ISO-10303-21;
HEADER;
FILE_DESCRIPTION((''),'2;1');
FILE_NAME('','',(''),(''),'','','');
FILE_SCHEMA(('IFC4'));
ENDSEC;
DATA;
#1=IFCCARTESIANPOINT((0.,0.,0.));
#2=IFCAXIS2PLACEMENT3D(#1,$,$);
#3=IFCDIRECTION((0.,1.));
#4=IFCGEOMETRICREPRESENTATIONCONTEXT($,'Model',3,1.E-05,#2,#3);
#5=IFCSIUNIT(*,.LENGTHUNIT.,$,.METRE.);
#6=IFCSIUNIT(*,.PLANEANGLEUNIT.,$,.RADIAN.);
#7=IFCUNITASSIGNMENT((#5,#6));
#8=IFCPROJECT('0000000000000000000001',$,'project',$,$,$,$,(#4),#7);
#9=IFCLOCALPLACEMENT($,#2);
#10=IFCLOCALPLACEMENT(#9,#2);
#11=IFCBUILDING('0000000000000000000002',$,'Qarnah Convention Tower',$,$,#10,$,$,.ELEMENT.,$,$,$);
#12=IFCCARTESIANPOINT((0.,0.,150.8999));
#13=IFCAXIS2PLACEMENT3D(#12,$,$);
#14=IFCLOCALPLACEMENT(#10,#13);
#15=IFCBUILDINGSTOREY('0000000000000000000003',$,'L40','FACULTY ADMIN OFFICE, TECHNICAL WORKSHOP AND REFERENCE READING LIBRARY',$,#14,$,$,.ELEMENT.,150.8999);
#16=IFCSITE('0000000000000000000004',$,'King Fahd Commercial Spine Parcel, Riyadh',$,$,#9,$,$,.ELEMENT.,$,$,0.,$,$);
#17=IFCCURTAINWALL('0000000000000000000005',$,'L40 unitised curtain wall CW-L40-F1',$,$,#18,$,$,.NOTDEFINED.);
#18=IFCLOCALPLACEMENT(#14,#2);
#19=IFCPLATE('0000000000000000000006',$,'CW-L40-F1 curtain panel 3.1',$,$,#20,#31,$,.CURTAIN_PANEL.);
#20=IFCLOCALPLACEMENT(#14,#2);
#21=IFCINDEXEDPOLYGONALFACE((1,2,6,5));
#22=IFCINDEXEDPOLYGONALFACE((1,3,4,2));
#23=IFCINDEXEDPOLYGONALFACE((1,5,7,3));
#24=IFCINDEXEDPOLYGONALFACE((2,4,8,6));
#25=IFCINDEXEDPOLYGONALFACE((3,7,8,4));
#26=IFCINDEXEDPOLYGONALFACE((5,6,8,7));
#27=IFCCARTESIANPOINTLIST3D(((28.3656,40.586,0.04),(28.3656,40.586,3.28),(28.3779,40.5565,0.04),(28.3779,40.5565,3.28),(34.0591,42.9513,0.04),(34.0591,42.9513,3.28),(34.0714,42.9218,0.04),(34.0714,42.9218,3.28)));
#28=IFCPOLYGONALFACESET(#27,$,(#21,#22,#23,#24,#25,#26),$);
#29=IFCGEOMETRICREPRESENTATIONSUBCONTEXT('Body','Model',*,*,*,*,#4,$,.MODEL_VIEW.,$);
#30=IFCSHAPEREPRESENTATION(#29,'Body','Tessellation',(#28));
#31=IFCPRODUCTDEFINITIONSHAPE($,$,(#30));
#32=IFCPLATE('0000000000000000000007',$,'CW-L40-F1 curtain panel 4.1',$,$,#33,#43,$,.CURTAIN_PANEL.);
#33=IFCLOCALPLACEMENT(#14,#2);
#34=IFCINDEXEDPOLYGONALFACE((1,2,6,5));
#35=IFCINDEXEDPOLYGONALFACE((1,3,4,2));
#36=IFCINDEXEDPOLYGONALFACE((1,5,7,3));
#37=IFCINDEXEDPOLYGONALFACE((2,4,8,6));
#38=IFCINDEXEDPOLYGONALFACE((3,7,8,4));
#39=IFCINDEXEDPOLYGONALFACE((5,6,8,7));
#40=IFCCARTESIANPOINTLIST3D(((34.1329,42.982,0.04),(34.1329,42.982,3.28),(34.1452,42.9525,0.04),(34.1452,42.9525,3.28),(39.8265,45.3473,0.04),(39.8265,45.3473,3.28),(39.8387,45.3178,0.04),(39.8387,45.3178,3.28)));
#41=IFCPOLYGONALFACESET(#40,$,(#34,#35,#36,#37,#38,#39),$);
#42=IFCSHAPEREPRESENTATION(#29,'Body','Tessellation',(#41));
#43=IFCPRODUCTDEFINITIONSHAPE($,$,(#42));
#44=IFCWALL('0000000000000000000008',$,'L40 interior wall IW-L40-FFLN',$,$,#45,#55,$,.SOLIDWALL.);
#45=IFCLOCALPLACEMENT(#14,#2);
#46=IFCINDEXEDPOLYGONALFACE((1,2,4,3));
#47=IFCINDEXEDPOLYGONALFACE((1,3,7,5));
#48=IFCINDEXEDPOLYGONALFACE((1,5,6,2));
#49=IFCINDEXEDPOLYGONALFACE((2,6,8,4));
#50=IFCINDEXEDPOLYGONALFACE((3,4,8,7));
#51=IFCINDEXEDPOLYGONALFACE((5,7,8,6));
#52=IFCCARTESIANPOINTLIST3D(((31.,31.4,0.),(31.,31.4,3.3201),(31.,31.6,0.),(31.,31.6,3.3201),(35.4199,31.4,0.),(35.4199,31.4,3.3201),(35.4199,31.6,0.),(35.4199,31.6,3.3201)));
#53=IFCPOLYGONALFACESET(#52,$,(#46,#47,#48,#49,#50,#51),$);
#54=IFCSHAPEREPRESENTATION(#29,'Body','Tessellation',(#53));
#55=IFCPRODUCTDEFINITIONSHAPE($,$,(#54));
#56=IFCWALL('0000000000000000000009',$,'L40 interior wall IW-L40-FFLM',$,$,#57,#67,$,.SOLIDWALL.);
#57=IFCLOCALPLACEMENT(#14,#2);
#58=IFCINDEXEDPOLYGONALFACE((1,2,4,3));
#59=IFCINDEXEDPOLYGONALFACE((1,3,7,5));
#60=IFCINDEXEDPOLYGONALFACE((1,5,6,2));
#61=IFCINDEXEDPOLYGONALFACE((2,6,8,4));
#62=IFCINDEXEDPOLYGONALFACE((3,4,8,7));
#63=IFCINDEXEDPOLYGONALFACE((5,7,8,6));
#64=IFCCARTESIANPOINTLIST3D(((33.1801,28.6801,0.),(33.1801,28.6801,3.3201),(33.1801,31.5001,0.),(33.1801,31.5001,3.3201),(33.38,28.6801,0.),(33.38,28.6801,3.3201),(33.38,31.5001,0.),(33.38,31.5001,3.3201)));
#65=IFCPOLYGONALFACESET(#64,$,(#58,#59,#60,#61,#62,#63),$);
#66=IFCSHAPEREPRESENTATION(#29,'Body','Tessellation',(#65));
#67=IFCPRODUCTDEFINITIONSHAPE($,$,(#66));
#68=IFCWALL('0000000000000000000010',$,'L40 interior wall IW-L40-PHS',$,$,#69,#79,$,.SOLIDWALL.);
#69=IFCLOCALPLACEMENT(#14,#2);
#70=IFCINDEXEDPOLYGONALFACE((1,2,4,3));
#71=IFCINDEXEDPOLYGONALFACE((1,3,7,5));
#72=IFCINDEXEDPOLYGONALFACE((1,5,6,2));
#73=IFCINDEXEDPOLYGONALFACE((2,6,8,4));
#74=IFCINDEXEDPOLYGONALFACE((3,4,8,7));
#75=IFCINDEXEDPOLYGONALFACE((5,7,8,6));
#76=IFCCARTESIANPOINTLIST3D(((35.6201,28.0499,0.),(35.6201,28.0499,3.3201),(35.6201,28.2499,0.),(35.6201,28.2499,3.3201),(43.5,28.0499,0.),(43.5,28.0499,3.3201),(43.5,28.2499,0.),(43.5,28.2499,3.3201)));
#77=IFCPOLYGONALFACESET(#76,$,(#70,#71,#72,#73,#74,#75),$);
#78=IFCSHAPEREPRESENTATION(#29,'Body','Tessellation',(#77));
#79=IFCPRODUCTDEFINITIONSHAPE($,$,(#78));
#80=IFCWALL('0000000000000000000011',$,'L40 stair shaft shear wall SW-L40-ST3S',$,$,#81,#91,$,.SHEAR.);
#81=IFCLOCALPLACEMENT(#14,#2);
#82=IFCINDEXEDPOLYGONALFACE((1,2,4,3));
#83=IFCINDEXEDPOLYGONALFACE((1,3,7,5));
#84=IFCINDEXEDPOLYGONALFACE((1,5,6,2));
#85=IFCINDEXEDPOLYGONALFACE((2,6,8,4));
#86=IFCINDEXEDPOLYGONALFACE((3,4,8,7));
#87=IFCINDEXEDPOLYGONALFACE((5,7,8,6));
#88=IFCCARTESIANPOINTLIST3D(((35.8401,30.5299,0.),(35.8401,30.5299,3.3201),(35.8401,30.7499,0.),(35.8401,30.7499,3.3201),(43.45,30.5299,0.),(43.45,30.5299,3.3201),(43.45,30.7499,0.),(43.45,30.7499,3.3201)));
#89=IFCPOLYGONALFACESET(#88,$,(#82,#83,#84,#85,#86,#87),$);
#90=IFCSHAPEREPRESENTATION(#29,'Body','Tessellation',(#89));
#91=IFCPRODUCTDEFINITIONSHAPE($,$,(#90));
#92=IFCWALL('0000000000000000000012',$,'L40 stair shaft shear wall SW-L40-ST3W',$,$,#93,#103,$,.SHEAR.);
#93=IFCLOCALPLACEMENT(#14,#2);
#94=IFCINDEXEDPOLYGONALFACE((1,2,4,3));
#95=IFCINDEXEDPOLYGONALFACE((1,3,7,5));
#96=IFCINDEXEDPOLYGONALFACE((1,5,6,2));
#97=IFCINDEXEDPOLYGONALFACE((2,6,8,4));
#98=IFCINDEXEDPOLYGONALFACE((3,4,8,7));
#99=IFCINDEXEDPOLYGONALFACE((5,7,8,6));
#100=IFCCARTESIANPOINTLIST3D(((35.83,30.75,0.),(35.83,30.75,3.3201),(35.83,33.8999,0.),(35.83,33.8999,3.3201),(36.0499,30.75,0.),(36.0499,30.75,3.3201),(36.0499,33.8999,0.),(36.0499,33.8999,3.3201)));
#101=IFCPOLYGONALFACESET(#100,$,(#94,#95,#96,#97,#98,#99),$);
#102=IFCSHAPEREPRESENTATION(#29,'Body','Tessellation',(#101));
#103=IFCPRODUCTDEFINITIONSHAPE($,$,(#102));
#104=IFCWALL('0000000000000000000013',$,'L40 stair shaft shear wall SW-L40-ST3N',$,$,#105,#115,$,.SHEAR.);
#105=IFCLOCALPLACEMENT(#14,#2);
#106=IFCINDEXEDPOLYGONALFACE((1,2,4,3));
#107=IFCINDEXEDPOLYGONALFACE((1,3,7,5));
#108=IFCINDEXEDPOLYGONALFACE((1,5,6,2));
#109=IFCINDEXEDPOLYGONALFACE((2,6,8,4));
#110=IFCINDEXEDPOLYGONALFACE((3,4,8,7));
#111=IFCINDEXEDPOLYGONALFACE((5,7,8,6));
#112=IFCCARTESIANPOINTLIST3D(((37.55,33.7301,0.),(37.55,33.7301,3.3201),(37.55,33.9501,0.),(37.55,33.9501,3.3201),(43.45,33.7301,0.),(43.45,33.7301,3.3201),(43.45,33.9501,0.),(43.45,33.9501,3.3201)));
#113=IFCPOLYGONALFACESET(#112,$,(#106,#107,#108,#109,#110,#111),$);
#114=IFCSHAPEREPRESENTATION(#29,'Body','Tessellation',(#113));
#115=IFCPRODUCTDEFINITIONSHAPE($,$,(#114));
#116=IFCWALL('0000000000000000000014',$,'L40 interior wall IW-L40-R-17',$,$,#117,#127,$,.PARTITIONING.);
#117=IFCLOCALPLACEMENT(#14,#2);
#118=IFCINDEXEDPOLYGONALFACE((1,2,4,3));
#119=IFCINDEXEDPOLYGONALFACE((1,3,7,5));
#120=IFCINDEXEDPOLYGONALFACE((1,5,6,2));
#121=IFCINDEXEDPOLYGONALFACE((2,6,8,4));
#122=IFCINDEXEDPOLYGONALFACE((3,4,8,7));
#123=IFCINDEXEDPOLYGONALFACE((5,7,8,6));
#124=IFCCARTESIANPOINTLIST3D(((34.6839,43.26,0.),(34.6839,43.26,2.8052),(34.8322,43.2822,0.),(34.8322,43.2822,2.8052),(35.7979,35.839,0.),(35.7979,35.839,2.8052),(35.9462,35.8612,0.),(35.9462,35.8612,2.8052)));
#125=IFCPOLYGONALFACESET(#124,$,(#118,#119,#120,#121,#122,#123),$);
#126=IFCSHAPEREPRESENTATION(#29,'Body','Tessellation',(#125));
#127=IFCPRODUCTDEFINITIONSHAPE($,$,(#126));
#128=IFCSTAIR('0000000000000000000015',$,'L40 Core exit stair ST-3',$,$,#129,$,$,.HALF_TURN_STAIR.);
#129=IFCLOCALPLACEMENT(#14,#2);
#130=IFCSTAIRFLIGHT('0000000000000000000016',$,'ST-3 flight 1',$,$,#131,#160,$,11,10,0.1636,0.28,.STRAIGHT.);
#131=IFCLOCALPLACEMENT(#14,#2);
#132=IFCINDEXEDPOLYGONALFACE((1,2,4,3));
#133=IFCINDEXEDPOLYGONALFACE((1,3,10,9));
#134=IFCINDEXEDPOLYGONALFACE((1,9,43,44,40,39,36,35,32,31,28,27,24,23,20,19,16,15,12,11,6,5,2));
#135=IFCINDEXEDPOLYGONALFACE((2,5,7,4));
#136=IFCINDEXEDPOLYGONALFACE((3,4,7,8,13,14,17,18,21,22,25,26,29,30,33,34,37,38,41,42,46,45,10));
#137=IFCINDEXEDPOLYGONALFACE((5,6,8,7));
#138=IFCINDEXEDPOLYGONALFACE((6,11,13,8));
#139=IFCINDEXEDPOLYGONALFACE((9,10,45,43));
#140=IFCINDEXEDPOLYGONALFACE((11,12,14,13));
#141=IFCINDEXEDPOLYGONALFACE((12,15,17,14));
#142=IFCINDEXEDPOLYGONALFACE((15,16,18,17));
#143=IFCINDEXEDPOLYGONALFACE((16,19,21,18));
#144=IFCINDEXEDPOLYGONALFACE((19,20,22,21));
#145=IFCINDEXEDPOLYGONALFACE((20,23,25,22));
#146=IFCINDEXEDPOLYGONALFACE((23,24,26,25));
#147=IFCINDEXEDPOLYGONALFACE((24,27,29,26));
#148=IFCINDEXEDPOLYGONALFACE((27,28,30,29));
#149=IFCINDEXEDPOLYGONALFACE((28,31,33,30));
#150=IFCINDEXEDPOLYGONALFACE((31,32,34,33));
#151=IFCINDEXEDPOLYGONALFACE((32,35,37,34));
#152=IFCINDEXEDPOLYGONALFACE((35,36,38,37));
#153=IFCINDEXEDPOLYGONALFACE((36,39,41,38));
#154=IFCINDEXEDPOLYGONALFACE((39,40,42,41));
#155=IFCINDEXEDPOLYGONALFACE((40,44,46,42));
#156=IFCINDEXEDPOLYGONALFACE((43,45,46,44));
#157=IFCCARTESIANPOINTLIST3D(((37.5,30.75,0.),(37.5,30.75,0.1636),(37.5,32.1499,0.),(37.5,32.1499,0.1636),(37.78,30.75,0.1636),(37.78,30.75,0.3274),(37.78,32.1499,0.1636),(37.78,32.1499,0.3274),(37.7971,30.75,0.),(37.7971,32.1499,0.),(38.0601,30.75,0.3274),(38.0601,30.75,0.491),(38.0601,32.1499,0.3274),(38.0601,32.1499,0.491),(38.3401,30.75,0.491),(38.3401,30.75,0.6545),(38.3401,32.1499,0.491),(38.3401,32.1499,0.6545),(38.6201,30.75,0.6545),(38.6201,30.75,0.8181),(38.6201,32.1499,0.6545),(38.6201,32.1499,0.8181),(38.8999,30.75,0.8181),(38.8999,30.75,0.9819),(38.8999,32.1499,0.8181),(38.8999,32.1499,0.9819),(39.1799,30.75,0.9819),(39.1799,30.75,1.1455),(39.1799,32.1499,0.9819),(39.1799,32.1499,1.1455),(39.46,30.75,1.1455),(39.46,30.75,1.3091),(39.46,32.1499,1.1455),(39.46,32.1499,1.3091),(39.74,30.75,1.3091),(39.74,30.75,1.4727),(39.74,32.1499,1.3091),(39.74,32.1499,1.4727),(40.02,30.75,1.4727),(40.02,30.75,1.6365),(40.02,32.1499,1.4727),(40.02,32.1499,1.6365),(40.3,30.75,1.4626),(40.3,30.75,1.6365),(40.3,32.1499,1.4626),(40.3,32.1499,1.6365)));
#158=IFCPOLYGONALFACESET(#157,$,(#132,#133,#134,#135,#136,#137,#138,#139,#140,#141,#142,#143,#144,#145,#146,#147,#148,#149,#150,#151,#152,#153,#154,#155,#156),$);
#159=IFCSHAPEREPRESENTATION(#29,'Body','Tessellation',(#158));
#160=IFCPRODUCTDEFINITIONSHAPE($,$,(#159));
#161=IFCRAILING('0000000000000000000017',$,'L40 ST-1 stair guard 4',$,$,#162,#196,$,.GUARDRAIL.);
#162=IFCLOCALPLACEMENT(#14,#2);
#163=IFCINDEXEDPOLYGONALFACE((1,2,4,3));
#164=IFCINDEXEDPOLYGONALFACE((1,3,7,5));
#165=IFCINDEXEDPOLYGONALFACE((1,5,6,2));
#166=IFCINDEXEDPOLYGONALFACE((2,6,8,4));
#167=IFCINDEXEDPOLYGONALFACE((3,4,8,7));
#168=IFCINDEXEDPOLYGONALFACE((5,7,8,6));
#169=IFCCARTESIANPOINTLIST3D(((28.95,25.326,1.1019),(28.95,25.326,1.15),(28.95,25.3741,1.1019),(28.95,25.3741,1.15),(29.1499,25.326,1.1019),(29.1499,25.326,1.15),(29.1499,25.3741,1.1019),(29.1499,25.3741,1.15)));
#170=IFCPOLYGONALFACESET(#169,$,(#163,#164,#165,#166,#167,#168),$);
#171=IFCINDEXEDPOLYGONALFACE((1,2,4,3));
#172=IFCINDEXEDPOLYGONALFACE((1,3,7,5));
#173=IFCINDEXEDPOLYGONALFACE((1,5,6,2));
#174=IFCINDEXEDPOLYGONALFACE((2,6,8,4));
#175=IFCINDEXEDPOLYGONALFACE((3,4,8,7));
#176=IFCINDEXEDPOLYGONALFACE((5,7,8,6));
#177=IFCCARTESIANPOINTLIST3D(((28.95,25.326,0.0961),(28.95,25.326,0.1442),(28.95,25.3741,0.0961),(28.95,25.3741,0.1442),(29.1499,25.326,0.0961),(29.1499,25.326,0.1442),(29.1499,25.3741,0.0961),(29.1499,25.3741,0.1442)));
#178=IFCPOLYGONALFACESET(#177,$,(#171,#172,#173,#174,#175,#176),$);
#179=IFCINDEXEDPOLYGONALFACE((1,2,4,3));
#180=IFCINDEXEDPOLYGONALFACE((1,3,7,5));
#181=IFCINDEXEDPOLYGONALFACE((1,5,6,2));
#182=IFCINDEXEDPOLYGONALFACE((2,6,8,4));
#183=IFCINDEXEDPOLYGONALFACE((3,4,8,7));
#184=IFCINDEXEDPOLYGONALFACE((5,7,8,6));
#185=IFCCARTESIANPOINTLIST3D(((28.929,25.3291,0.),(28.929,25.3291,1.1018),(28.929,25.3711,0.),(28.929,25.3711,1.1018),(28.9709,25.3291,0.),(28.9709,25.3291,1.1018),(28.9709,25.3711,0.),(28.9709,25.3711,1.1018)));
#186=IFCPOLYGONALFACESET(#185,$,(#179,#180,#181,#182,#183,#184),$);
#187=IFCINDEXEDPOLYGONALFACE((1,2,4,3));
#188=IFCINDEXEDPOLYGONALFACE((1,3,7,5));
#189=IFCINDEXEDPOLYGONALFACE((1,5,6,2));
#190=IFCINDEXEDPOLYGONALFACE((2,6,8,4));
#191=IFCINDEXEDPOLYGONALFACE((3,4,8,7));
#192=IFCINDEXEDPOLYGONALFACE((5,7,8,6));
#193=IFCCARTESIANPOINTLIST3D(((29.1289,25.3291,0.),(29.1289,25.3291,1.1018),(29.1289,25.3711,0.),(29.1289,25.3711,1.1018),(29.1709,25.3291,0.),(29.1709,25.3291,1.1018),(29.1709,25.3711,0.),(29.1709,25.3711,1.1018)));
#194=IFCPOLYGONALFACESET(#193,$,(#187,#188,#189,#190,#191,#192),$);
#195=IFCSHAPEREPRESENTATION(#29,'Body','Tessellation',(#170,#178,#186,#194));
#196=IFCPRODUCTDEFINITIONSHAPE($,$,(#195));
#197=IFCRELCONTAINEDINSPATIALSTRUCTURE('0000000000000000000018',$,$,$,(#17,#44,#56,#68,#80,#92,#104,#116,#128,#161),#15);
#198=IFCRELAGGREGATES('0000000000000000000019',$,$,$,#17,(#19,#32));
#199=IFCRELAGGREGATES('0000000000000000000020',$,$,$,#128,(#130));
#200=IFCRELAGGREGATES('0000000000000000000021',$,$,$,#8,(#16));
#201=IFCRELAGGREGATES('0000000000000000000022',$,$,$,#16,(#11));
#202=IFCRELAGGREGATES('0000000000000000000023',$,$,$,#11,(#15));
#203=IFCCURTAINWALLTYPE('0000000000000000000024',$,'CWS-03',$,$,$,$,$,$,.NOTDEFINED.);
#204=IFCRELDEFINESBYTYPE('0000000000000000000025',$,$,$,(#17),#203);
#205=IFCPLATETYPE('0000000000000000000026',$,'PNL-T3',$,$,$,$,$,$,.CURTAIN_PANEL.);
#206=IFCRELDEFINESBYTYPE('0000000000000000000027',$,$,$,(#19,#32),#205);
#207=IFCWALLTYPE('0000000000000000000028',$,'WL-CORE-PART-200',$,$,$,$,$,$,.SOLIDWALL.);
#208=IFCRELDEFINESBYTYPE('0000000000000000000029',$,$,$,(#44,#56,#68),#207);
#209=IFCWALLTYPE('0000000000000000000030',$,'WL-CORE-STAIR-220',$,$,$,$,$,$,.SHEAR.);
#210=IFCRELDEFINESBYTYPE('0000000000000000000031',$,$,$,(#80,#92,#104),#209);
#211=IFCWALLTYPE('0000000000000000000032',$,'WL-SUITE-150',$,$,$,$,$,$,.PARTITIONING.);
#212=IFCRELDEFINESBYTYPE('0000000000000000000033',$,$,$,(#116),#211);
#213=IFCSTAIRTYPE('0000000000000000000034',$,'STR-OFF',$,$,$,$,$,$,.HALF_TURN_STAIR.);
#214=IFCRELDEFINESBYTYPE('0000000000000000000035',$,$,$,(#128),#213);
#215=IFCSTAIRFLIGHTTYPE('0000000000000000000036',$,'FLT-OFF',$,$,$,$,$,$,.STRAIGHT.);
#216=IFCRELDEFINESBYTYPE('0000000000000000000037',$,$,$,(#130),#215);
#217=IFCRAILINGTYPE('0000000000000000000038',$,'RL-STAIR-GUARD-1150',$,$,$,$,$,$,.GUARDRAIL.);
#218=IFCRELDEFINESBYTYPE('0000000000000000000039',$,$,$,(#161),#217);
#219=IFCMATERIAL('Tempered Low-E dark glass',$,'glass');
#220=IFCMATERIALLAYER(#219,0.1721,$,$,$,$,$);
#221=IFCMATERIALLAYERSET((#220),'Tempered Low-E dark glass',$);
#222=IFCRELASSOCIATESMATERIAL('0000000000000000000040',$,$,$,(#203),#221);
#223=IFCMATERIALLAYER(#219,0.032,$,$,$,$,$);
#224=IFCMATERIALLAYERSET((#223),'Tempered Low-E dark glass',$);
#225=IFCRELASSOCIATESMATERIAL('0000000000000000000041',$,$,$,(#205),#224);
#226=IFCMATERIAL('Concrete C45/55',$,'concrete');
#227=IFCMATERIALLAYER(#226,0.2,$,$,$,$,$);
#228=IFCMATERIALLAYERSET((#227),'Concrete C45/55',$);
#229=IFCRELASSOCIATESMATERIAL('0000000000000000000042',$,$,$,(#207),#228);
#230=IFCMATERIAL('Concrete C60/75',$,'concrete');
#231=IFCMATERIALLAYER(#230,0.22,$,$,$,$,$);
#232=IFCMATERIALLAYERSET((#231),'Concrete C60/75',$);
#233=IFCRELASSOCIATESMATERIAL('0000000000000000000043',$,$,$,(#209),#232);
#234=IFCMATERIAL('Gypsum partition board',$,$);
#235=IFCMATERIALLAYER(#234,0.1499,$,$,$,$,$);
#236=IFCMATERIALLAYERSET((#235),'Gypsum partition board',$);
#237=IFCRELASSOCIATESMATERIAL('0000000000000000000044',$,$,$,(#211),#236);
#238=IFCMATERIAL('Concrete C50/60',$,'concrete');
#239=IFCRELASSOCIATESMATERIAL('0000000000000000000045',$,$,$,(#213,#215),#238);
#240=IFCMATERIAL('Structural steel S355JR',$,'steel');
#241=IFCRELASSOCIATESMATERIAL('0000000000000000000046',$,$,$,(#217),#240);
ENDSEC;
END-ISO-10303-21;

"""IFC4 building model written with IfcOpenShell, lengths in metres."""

from ifc_helpers import new_model, si_unit, direction, frame, frame_2d, origin, origin_2d, place, context, subcontext, project, spatial, polyline, rectangle, outline, extrude, material, layer, layer_set, type_object, element, aggregate, save


model = new_model("IFC4")

# Units and contexts
model_context = context("Model", 3, precision=1e-05, world=origin(), true_north=direction((0.0, 1.0)))
body_context = subcontext(model_context, "Body", "Model", "MODEL_VIEW")
ifc_project = project(units=[si_unit("LENGTHUNIT", "METRE"), si_unit("PLANEANGLEUNIT", "RADIAN")], contexts=[model_context])

# Site, building, storey
site_placement = place(None, origin())
site = spatial("IfcSite", under=ifc_project, at=site_placement, Name="King Fahd Commercial Spine Parcel, Riyadh", CompositionType="ELEMENT", RefElevation=0.0)
building_placement = place(site_placement, origin())
building = spatial("IfcBuilding", under=site, at=building_placement, Name="Qarnah Convention Tower", CompositionType="ELEMENT")
storey_placement = place(building_placement, frame((0.0, 0.0, 150.8999)))
storey = spatial("IfcBuildingStorey", under=building, at=storey_placement, Name="L40", Description="FACULTY ADMIN OFFICE, TECHNICAL WORKSHOP AND REFERENCE READING LIBRARY", CompositionType="ELEMENT", Elevation=150.8999)

# Shared definitions
ifc_material_1 = material(Name="Concrete C60/75", Category="concrete")

# Shared definitions
ifc_material_2 = material(Name="Structural steel S355JR", Category="steel")

# Curtain wall, plates
ifc_material_3 = material(Name="Tempered Low-E dark glass", Category="glass")
ifc_layer_1 = layer(ifc_material_3, 0.1721)
ifc_layer_set_1 = layer_set([ifc_layer_1], Name="Tempered Low-E dark glass")
curtain_wall_type = type_object("IfcCurtainWallType", Name="CWS-03", PredefinedType="NOTDEFINED", material=ifc_layer_set_1)
curtain_wall_placement = place(storey_placement, origin())
curtain_wall = element("IfcCurtainWall", 1, at=curtain_wall_placement, inside=storey, type_object=curtain_wall_type, Name="L40 unitised curtain wall CW-L40-F1", PredefinedType="NOTDEFINED")
ifc_layer_2 = layer(ifc_material_3, 0.032)
ifc_layer_set_2 = layer_set([ifc_layer_2], Name="Tempered Low-E dark glass")
plate_type = type_object("IfcPlateType", Name="PNL-T3", PredefinedType="CURTAIN_PANEL", material=ifc_layer_set_2)
plate_1_placement = place(storey_placement, frame((31.2185, 41.7539, 0.04), z_axis=(0.0, 0.0, 1.0), x_axis=(0.923479, 0.383649, 0.0)))
plate_1 = element("IfcPlate", 2, at=plate_1_placement, type_object=plate_type, Name="CW-L40-F1 curtain panel 3.1", PredefinedType="CURTAIN_PANEL", context=body_context, shape_type="SweptSolid", body=[
    extrude(rectangle(XDim=6.1653, YDim=0.032, at=origin_2d()), origin(), (0.0, 0.0, 1.0), 3.24),
])
plate_2_placement = place(storey_placement, frame((36.9858, 44.1499, 0.04), z_axis=(0.0, 0.0, 1.0), x_axis=(0.923479, 0.383649, 0.0)))
plate_2 = element("IfcPlate", 3, at=plate_2_placement, type_object=plate_type, Name="CW-L40-F1 curtain panel 4.1", PredefinedType="CURTAIN_PANEL", context=body_context, shape_type="SweptSolid", body=[
    extrude(rectangle(XDim=6.1653, YDim=0.032, at=origin_2d()), origin(), (0.0, 0.0, 1.0), 3.24),
])
aggregate(curtain_wall, [plate_1, plate_2])

# Shared definitions
ifc_material_4 = material(Name="Concrete C45/55", Category="concrete")
ifc_layer_3 = layer(ifc_material_4, 0.2)
ifc_layer_set_3 = layer_set([ifc_layer_3], Name="Concrete C45/55")
wall_type_1 = type_object("IfcWallType", Name="WL-CORE-PART-200", PredefinedType="SOLIDWALL", material=ifc_layer_set_3)

# Walls
wall_1_placement = place(storey_placement, frame((31.0, 31.5, 0.0), z_axis=(0.0, 0.0, 1.0), x_axis=(1.0, 0.0, 0.0)))
element("IfcWall", 4, at=wall_1_placement, inside=storey, type_object=wall_type_1, Name="L40 interior wall IW-L40-FFLN", PredefinedType="SOLIDWALL", context=body_context, shape_type="SweptSolid", body=[
    extrude(rectangle(XDim=4.4199, YDim=0.2, at=frame_2d((2.21, 0.0))), origin(), (0.0, 0.0, 1.0), 3.3201),
])
wall_2_placement = place(storey_placement, frame((33.28, 28.6799, 0.0), z_axis=(0.0, 0.0, 1.0), x_axis=(0.0, 1.0, 0.0)))
element("IfcWall", 5, at=wall_2_placement, inside=storey, type_object=wall_type_1, Name="L40 interior wall IW-L40-FFLM", PredefinedType="SOLIDWALL", context=body_context, shape_type="SweptSolid", body=[
    extrude(rectangle(XDim=2.8201, YDim=0.2, at=frame_2d((1.4102, 0.0))), origin(), (0.0, 0.0, 1.0), 3.3201),
])
wall_3_placement = place(storey_placement, frame((35.6201, 28.1499, 0.0), z_axis=(0.0, 0.0, 1.0), x_axis=(1.0, 0.0, 0.0)))
element("IfcWall", 6, at=wall_3_placement, inside=storey, type_object=wall_type_1, Name="L40 interior wall IW-L40-PHS", PredefinedType="SOLIDWALL", context=body_context, shape_type="SweptSolid", body=[
    extrude(rectangle(XDim=7.8799, YDim=0.2, at=frame_2d((3.9399, 0.0))), origin(), (0.0, 0.0, 1.0), 3.3201),
])

# Walls
ifc_layer_4 = layer(ifc_material_1, 0.22)
ifc_layer_set_4 = layer_set([ifc_layer_4], Name="Concrete C60/75")
wall_type_2 = type_object("IfcWallType", Name="WL-CORE-STAIR-220", PredefinedType="SHEAR", material=ifc_layer_set_4)
wall_4_placement = place(storey_placement, frame((35.8401, 30.6399, 0.0), z_axis=(0.0, 0.0, 1.0), x_axis=(1.0, 0.0, 0.0)))
element("IfcWall", 7, at=wall_4_placement, inside=storey, type_object=wall_type_2, Name="L40 stair shaft shear wall SW-L40-ST3S", PredefinedType="SHEAR", context=body_context, shape_type="SweptSolid", body=[
    extrude(rectangle(XDim=7.6099, YDim=0.22, at=frame_2d((3.8049, 0.0))), origin(), (0.0, 0.0, 1.0), 3.3201),
])
wall_5_placement = place(storey_placement, frame((35.9399, 30.75, 0.0), z_axis=(0.0, 0.0, 1.0), x_axis=(0.0, 1.0, 0.0)))
element("IfcWall", 8, at=wall_5_placement, inside=storey, type_object=wall_type_2, Name="L40 stair shaft shear wall SW-L40-ST3W", PredefinedType="SHEAR", context=body_context, shape_type="SweptSolid", body=[
    extrude(rectangle(XDim=3.1499, YDim=0.22, at=frame_2d((1.575, 0.0))), origin(), (0.0, 0.0, 1.0), 3.3201),
])
wall_6_placement = place(storey_placement, frame((37.55, 33.8401, 0.0), z_axis=(0.0, 0.0, 1.0), x_axis=(1.0, 0.0, 0.0)))
element("IfcWall", 9, at=wall_6_placement, inside=storey, type_object=wall_type_2, Name="L40 stair shaft shear wall SW-L40-ST3N", PredefinedType="SHEAR", context=body_context, shape_type="SweptSolid", body=[
    extrude(rectangle(XDim=5.8999, YDim=0.22, at=frame_2d((2.95, 0.0))), origin(), (0.0, 0.0, 1.0), 3.3201),
])
ifc_material_5 = material(Name="Gypsum partition board")
ifc_layer_5 = layer(ifc_material_5, 0.1499)
ifc_layer_set_5 = layer_set([ifc_layer_5], Name="Gypsum partition board")
wall_type_3 = type_object("IfcWallType", Name="WL-SUITE-150", PredefinedType="PARTITIONING", material=ifc_layer_set_5)
wall_7_placement = place(storey_placement, frame((34.7581, 43.271, 0.0), z_axis=(0.0, 0.0, 1.0), x_axis=(0.148455, -0.988919, 0.0)))
element("IfcWall", 10, at=wall_7_placement, inside=storey, type_object=wall_type_3, Name="L40 interior wall IW-L40-R-17", PredefinedType="PARTITIONING", context=body_context, shape_type="SweptSolid", body=[
    extrude(rectangle(XDim=7.5042, YDim=0.1499, at=frame_2d((3.752, 0.0))), origin(), (0.0, 0.0, 1.0), 2.8052),
])

# Stair, stair flight
ifc_material_6 = material(Name="Concrete C50/60", Category="concrete")
stair_type = type_object("IfcStairType", Name="STR-OFF", PredefinedType="HALF_TURN_STAIR", material=ifc_material_6)
stair_placement = place(storey_placement, origin())
stair = element("IfcStair", 11, at=stair_placement, inside=storey, type_object=stair_type, Name="L40 Core exit stair ST-3", PredefinedType="HALF_TURN_STAIR")
stair_flight_type = type_object("IfcStairFlightType", Name="FLT-OFF", PredefinedType="STRAIGHT", material=ifc_material_6)
stair_flight_placement = place(storey_placement, frame((37.5, 31.45, 0.0), z_axis=(0.0, 0.0, 1.0), x_axis=(1.0, 0.0, 0.0)))
stair_flight = element("IfcStairFlight", 12, at=stair_flight_placement, type_object=stair_flight_type, Name="ST-3 flight 1", NumberOfRisers=11, NumberOfTreads=10, PredefinedType="STRAIGHT", RiserHeight=0.1636, TreadLength=0.28, context=body_context, shape_type="SweptSolid", body=[
    extrude(outline(polyline([(0.0, 0.0), (0.0, 0.1636), (0.28, 0.1636), (0.28, 0.3274), (0.5601, 0.3274), (0.5601, 0.491), (0.8401, 0.491), (0.8401, 0.6545), (1.1201, 0.6545), (1.1201, 0.8181), (1.3999, 0.8181), (1.3999, 0.9819), (1.6799, 0.9819), (1.6799, 1.1455), (1.96, 1.1455), (1.96, 1.3091), (2.24, 1.3091), (2.24, 1.4727), (2.52, 1.4727), (2.52, 1.6365), (2.8, 1.6365), (2.8, 1.8), (2.8, 1.4626), (0.2971, 0.0), (0.0, 0.0)])), frame((0.0, 0.7, 0.0), z_axis=(0.0, -1.0, 0.0), x_axis=(1.0, 0.0, 0.0)), (0.0, 0.0, 1.0), 1.3999),
])
aggregate(stair, [stair_flight])

# Railing
railing_type_1 = type_object("IfcRailingType", Name="RL-STAIR-GUARD-1150", PredefinedType="GUARDRAIL", material=ifc_material_2)
railing_1_placement = place(storey_placement, frame((28.95, 25.3501, 0.0)))
element("IfcRailing", 13, at=railing_1_placement, inside=storey, type_object=railing_type_1, Name="L40 ST-1 stair guard 4", PredefinedType="GUARDRAIL", context=body_context, shape_type="SweptSolid", body=[
    extrude(rectangle(XDim=0.0481, YDim=0.0481, at=origin_2d()), frame((0.0, 0.0, 1.126), z_axis=(1.0, 0.0, 0.0), x_axis=(0.0, 1.0, 0.0)), (0.0, 0.0, 1.0), 0.2),
    extrude(rectangle(XDim=0.0481, YDim=0.0481, at=origin_2d()), frame((0.0, 0.0, 0.1201), z_axis=(1.0, 0.0, 0.0), x_axis=(0.0, 1.0, 0.0)), (0.0, 0.0, 1.0), 0.2),
    extrude(rectangle(XDim=0.042, YDim=0.042, at=origin_2d()), origin(), (0.0, 0.0, 1.0), 1.1018),
    extrude(rectangle(XDim=0.042, YDim=0.042, at=origin_2d()), frame((0.2, 0.0, 0.0)), (0.0, 0.0, 1.0), 1.1018),
])

save(model, "model.ifc")
